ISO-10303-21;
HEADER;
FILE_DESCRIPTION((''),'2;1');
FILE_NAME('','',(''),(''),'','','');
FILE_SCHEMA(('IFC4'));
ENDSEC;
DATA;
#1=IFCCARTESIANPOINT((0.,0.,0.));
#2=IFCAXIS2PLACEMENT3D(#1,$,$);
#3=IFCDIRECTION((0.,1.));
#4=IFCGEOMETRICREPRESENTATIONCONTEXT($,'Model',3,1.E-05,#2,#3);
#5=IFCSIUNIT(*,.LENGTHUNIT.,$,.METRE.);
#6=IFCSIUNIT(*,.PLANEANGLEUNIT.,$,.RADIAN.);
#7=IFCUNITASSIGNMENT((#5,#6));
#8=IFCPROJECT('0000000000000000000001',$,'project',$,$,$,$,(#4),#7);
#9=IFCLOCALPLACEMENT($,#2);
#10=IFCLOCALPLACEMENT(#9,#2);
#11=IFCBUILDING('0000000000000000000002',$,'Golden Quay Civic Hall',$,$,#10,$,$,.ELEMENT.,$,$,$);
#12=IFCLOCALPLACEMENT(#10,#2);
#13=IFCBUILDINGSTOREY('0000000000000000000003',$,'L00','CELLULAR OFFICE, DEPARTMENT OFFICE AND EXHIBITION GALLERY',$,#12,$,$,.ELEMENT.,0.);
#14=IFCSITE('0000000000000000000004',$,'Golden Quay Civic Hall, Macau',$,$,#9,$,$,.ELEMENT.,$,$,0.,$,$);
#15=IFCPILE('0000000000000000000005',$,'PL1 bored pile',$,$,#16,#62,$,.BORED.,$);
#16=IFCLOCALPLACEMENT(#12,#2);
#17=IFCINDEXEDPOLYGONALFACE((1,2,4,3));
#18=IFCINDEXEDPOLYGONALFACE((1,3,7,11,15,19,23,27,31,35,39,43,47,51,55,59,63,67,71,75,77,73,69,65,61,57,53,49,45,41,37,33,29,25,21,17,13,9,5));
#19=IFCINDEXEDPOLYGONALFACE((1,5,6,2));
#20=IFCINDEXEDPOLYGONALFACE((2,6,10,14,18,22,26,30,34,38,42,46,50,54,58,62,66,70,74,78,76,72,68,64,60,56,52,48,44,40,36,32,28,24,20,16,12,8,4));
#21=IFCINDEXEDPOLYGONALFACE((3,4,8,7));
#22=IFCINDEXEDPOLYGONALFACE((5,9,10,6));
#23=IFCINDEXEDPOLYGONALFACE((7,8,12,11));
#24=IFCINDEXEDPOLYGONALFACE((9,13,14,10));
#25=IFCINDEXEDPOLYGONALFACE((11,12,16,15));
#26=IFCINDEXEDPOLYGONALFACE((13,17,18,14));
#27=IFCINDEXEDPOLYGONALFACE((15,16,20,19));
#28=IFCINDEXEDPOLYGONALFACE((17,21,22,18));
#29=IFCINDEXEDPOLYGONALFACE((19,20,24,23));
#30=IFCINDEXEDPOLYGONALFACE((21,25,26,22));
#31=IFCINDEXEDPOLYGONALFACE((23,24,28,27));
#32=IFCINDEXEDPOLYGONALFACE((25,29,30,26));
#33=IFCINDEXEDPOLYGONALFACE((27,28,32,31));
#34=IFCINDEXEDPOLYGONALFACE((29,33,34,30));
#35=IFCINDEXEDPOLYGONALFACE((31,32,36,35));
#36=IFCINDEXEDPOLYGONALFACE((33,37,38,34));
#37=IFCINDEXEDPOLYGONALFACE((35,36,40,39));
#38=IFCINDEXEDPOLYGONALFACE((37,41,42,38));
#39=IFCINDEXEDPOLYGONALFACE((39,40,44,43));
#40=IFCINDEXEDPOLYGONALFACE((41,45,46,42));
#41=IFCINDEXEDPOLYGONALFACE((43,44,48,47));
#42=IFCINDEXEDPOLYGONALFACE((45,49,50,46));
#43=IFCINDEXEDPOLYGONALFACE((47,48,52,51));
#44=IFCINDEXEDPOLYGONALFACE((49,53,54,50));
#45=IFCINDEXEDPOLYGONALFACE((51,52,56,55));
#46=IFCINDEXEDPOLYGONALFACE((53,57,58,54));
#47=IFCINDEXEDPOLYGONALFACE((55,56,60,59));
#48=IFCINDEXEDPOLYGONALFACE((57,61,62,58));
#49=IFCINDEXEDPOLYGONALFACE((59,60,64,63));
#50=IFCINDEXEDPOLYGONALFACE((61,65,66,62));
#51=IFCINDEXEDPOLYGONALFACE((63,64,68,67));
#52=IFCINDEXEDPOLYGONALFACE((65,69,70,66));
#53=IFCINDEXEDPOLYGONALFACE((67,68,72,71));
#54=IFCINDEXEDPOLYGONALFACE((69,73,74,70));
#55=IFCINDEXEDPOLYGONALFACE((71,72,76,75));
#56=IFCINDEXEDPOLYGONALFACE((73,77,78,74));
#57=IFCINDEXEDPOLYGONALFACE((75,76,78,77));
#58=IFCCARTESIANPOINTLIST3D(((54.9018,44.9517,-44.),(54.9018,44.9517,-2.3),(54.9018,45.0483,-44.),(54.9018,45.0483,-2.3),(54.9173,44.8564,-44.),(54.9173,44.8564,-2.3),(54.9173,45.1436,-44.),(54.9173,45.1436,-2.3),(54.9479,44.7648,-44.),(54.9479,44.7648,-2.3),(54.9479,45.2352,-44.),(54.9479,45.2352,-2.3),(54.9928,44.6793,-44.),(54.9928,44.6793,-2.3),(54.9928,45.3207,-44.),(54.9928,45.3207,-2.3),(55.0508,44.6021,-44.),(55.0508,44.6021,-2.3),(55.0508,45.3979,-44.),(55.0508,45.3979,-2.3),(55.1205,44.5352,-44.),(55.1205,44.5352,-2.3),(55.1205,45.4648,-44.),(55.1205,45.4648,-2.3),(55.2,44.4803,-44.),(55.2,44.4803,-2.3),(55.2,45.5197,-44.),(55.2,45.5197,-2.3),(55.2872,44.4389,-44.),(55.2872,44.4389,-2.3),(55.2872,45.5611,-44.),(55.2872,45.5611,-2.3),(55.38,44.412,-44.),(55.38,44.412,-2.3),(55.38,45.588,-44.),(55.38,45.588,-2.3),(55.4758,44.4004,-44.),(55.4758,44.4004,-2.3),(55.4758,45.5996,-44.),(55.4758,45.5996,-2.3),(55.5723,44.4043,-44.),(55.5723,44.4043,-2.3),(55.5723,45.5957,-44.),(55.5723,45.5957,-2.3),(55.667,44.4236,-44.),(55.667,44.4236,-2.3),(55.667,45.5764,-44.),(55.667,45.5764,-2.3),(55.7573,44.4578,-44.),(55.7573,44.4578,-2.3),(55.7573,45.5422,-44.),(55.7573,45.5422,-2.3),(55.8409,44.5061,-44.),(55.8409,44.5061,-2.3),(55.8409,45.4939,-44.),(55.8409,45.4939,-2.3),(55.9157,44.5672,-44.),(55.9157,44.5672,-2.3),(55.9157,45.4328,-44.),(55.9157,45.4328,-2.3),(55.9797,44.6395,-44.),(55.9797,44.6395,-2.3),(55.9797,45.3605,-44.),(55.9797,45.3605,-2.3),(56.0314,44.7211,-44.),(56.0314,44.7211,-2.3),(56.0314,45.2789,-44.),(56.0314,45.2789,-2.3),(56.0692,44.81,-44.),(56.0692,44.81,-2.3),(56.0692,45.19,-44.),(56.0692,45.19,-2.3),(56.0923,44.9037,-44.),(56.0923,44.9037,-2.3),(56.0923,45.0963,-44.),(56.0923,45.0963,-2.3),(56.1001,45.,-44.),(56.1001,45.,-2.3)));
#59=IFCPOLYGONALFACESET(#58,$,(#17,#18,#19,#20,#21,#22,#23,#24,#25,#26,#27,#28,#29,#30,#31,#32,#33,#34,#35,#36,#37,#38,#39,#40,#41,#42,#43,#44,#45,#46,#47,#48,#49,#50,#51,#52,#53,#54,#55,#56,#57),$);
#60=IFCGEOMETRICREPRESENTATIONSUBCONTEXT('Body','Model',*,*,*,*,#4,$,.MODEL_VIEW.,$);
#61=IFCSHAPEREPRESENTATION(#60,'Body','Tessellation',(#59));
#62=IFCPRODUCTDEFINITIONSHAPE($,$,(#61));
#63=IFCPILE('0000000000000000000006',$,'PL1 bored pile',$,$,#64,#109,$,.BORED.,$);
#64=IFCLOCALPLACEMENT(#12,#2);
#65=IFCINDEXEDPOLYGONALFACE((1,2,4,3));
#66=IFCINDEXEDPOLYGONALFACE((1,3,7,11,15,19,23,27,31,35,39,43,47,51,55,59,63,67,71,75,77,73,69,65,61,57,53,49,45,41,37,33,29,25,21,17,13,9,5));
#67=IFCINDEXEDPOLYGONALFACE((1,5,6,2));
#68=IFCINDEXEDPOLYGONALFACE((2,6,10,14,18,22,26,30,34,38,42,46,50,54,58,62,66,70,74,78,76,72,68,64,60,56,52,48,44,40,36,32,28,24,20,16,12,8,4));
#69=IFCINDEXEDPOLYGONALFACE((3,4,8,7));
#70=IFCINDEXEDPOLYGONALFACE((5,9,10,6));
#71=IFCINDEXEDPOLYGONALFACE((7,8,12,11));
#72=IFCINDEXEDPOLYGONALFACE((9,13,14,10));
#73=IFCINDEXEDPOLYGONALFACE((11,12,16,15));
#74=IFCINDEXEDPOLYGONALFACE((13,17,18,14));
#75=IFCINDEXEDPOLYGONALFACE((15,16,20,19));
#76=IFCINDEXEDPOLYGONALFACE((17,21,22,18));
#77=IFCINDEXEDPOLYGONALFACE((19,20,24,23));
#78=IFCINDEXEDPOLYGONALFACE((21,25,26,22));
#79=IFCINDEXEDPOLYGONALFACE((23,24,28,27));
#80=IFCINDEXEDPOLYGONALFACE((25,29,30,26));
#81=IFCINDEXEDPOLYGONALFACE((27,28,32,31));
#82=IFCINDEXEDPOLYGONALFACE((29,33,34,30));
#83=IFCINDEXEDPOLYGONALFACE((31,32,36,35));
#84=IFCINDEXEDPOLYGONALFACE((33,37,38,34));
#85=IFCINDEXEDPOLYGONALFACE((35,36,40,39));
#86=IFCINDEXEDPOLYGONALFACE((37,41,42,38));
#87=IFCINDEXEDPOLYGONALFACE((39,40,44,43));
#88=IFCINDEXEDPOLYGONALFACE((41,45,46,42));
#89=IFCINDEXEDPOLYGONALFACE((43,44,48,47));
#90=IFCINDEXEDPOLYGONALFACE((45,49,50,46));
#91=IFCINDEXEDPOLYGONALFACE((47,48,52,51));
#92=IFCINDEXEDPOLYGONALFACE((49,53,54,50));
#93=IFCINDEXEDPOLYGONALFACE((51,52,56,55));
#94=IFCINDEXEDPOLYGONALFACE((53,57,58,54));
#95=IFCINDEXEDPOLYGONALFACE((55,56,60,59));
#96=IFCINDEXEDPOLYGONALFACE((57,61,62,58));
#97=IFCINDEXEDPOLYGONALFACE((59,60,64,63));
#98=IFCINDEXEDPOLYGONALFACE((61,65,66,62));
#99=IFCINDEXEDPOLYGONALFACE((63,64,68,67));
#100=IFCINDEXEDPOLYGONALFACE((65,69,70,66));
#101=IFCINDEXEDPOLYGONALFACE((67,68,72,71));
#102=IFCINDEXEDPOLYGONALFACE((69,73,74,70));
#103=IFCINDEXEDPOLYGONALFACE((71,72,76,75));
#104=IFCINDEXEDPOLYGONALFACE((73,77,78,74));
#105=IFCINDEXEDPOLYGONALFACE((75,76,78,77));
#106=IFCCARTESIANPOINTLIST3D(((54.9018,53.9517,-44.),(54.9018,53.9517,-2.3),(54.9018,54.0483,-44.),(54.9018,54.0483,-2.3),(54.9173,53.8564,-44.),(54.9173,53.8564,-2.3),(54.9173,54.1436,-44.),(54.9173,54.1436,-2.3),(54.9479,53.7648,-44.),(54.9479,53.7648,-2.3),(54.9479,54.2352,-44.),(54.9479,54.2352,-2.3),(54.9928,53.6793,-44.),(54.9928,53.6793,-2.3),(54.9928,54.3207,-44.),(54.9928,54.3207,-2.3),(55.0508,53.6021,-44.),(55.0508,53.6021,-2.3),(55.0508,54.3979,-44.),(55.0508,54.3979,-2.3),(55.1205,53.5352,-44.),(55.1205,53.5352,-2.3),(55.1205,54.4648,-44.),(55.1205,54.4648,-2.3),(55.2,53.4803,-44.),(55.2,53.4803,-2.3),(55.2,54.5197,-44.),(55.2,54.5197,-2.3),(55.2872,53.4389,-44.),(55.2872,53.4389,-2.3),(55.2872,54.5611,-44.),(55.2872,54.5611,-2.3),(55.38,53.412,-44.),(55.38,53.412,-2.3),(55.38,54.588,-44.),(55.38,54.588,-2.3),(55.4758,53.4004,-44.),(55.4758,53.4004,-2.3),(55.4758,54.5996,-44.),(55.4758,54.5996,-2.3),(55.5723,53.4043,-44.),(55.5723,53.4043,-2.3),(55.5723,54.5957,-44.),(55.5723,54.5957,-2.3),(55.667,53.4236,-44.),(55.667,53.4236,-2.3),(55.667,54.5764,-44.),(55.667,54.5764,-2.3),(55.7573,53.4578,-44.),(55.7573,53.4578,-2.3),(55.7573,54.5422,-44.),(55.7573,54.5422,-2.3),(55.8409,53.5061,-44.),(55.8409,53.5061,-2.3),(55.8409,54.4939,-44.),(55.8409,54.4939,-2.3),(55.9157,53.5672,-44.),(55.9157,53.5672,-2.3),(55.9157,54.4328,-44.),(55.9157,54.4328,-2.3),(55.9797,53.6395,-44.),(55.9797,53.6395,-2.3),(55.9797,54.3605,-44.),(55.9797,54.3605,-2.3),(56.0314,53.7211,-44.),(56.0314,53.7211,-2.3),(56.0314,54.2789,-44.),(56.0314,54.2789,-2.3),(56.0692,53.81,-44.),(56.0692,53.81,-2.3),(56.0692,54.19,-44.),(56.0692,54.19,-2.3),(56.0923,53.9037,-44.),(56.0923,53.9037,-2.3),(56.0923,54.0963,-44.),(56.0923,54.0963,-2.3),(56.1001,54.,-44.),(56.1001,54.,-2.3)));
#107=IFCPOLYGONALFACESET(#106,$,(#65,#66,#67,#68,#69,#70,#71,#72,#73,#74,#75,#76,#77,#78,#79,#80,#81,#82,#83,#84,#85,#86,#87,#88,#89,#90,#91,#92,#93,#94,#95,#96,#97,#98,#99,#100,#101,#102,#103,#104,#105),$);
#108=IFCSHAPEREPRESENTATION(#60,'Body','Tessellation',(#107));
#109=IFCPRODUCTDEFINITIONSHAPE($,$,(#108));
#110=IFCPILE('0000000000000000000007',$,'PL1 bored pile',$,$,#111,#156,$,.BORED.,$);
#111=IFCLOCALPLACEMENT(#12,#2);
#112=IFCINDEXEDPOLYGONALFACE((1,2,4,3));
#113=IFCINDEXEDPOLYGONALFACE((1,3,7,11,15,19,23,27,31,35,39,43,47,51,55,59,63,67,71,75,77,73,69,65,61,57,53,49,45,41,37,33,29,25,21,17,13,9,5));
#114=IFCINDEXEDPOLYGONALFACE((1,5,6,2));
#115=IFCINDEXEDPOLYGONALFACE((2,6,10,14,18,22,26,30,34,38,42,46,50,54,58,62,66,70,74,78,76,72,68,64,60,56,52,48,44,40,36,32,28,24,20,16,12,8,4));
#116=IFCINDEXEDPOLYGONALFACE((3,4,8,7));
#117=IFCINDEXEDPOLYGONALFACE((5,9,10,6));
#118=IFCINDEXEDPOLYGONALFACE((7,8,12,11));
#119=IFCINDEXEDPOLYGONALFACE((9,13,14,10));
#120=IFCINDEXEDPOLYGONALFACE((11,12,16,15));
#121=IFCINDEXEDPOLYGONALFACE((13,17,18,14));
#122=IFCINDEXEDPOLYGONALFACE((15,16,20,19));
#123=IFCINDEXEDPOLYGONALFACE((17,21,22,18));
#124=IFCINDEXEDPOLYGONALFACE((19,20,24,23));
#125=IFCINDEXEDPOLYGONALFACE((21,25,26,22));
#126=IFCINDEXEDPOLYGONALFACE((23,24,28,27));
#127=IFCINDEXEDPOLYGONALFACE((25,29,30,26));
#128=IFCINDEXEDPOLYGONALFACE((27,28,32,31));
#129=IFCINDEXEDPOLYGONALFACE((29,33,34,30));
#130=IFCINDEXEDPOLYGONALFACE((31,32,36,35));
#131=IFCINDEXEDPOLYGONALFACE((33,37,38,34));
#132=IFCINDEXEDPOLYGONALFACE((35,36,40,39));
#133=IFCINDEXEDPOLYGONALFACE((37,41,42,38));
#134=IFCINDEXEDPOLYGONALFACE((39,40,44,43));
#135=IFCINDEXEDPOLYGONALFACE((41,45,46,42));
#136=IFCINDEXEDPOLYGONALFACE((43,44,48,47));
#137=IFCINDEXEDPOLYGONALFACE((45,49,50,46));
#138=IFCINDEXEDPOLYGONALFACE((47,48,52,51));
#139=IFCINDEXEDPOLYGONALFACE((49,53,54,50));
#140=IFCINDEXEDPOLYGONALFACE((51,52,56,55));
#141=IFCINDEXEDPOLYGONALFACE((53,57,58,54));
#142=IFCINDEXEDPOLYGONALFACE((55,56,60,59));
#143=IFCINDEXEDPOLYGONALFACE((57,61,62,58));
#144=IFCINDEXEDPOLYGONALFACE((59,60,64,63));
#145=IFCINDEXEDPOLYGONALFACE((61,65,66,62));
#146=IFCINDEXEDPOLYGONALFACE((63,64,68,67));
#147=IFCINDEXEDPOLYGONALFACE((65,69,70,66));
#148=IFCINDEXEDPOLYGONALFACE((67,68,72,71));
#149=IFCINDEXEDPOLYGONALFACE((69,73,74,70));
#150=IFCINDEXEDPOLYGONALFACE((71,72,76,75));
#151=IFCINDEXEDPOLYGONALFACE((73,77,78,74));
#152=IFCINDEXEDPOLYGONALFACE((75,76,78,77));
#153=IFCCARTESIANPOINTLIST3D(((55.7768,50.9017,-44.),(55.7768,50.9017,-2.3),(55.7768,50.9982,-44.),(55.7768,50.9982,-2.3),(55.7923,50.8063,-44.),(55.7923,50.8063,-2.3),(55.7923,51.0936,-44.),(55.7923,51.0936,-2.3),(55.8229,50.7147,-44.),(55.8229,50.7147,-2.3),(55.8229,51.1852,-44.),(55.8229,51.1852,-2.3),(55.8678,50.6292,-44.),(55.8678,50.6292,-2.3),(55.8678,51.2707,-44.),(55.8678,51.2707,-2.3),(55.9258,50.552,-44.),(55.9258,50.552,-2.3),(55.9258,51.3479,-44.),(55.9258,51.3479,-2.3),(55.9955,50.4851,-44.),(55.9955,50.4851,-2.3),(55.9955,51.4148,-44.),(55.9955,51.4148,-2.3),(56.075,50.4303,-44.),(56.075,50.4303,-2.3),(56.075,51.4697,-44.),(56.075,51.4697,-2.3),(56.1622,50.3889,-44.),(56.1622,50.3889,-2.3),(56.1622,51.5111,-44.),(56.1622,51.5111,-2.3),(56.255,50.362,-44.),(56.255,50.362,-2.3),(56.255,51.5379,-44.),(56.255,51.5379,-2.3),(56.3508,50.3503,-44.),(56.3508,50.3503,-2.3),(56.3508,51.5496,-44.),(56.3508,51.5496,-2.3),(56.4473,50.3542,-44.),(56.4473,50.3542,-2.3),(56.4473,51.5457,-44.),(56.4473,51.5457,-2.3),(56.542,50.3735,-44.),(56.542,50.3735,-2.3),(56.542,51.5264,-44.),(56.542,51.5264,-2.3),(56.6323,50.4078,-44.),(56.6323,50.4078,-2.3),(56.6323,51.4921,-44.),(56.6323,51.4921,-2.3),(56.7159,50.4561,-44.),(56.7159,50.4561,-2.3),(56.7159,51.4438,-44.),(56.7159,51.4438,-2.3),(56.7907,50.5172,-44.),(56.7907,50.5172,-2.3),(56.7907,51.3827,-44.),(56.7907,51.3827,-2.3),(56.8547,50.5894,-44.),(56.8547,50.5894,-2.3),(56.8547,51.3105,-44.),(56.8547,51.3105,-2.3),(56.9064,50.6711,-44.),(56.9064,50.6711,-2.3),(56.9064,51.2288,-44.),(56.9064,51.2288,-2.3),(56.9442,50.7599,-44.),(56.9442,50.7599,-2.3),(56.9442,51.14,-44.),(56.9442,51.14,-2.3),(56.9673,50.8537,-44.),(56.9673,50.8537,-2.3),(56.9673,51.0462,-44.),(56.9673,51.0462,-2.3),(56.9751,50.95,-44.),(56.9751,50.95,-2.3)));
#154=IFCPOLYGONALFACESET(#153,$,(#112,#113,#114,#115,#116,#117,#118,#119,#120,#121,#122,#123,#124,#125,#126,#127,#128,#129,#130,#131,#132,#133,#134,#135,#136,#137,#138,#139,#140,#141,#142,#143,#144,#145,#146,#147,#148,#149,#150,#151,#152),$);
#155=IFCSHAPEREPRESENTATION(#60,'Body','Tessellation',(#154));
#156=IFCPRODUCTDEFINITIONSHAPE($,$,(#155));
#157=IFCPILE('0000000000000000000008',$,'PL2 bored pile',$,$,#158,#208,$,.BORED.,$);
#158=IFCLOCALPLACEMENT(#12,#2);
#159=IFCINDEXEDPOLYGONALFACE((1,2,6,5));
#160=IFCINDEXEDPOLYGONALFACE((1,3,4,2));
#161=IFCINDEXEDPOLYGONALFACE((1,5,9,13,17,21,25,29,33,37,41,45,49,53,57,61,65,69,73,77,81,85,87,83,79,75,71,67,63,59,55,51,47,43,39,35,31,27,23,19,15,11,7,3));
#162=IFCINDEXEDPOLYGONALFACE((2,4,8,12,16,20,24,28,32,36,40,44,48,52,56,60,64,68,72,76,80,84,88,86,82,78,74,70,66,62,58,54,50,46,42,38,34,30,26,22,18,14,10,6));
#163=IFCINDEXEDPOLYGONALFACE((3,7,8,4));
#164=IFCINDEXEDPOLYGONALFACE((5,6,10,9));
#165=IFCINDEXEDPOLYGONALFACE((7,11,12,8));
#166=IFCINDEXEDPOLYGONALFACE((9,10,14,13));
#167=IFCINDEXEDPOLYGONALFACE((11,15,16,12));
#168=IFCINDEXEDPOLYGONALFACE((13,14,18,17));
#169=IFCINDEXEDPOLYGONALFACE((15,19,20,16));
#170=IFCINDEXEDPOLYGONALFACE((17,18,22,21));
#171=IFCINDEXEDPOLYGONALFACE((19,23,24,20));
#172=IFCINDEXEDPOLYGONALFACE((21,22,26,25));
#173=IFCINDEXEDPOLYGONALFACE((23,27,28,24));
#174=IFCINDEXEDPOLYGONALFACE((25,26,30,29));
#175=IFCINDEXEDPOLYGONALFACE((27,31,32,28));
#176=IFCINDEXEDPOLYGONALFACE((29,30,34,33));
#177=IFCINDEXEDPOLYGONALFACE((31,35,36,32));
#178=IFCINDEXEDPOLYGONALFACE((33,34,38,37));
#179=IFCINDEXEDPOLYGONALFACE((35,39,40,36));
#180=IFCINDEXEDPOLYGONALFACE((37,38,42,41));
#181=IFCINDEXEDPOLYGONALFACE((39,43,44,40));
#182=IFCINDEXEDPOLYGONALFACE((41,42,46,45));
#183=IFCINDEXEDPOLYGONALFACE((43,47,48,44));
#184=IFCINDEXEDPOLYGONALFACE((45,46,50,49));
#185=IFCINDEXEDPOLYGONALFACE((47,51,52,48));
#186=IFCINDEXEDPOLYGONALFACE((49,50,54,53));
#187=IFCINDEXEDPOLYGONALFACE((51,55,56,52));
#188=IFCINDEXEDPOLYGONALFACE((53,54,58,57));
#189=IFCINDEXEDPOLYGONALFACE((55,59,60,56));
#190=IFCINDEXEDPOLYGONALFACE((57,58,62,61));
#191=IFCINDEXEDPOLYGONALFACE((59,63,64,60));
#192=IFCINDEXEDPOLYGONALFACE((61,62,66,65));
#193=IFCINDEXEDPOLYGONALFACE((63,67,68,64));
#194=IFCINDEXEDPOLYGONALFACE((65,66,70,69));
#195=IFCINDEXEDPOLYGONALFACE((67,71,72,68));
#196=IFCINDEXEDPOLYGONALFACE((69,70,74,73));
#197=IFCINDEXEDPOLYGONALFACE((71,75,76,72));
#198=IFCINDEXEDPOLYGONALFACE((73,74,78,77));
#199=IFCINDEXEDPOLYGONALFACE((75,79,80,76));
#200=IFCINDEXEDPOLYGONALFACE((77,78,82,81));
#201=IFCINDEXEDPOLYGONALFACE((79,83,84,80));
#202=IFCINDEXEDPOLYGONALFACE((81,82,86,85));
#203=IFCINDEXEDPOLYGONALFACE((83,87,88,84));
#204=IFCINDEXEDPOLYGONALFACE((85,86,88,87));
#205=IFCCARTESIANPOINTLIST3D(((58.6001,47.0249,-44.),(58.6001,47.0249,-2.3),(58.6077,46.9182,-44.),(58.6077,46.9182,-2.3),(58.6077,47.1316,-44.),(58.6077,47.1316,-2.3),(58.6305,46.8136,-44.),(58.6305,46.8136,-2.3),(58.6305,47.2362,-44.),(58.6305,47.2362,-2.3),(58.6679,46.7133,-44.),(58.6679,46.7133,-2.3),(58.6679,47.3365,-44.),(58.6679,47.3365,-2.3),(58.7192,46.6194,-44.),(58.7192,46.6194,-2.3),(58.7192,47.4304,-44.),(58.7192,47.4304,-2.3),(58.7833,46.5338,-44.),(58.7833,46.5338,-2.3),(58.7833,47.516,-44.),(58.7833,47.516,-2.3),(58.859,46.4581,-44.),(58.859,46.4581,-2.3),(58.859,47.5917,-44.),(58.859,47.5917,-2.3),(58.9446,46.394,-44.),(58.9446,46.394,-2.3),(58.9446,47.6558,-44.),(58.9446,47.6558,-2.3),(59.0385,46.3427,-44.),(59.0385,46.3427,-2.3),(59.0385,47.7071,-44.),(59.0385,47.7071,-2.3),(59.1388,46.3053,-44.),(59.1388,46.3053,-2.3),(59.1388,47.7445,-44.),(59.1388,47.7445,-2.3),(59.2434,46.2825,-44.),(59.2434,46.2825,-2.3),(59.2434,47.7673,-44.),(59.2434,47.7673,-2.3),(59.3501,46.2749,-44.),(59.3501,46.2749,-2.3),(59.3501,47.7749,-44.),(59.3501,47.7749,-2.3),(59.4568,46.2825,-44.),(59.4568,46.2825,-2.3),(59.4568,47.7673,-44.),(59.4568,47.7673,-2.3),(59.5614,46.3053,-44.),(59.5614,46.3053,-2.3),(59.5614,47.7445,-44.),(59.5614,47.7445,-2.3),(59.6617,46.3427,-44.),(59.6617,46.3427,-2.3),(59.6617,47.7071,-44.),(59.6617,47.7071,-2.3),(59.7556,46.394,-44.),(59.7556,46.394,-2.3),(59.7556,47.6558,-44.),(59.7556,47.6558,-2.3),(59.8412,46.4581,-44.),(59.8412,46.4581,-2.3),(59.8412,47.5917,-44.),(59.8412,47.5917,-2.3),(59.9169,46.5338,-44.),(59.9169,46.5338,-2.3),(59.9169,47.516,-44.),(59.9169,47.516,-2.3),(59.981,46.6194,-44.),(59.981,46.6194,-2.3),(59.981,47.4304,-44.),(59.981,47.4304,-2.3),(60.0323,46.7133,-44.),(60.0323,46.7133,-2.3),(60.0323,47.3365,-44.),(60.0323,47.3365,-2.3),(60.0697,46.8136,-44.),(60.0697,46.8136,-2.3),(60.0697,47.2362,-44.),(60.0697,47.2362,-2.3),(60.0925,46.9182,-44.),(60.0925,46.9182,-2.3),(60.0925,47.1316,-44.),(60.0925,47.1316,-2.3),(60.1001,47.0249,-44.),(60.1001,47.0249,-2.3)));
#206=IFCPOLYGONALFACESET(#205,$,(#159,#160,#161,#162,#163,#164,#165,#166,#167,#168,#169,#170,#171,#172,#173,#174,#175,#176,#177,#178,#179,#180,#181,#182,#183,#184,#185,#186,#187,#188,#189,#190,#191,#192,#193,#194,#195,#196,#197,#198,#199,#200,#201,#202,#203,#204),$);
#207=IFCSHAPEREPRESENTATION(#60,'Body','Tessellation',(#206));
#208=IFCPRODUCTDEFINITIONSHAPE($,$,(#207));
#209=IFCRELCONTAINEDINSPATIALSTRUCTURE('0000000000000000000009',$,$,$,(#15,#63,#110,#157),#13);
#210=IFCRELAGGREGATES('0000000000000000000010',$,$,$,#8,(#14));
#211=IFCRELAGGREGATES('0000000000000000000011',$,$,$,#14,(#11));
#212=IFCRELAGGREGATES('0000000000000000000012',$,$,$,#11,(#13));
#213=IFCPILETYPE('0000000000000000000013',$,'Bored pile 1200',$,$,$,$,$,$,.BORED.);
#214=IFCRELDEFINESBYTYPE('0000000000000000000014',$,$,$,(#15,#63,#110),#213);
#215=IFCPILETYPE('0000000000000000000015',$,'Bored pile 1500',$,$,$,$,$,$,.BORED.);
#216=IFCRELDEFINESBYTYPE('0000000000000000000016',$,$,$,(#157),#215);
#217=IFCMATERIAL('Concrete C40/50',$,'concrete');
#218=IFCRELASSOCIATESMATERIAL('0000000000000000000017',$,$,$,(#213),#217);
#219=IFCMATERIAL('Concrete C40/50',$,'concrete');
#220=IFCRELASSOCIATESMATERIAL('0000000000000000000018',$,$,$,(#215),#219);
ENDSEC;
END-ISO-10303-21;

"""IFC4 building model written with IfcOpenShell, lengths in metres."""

from ifc_helpers import new_model, si_unit, direction, frame, origin, origin_2d, place, context, subcontext, project, spatial, circle, extrude, material, material_profile, profile_set, type_object, element, save


model = new_model("IFC4")

# Units and contexts
model_context = context("Model", 3, precision=1e-05, world=origin(), true_north=direction((0.0, 1.0)))
body_context = subcontext(model_context, "Body", "Model", "MODEL_VIEW")
ifc_project = project(units=[si_unit("LENGTHUNIT", "METRE"), si_unit("PLANEANGLEUNIT", "RADIAN")], contexts=[model_context])

# Site, building, storey
site_placement = place(None, origin())
site = spatial("IfcSite", under=ifc_project, at=site_placement, Name="Golden Quay Civic Hall, Macau", CompositionType="ELEMENT", RefElevation=0.0)
building_placement = place(site_placement, origin())
building = spatial("IfcBuilding", under=site, at=building_placement, Name="Golden Quay Civic Hall", CompositionType="ELEMENT")
storey_placement = place(building_placement, origin())
storey = spatial("IfcBuildingStorey", under=building, at=storey_placement, Name="L00", Description="CELLULAR OFFICE, DEPARTMENT OFFICE AND EXHIBITION GALLERY", CompositionType="ELEMENT", Elevation=0.0)

# Piles
ifc_material_1 = material(Name="Concrete C40/50", Category="concrete")
ifc_material_profile_1 = material_profile(ifc_material_1, circle(Radius=0.6001, at=origin_2d()), Name="RC D1200")
ifc_profile_set_1 = profile_set([ifc_material_profile_1], Name="Concrete C40/50")
pile_type_1 = type_object("IfcPileType", Name="Bored pile 1200", PredefinedType="BORED", material=ifc_profile_set_1)
for number, where, z_axis, x_axis, name in (
    (1, (55.5, 45.0, -2.3), (0.0, 0.0, -1.0), (1.0, 0.0, 0.0), "PL1 bored pile"),
    (2, (55.5, 54.0, -2.3), (0.0, 0.0, -1.0), (1.0, 0.0, 0.0), "PL1 bored pile"),
    (3, (56.375, 50.95, -2.3), (0.0, 0.0, -1.0), (1.0, 0.0, 0.0), "PL1 bored pile"),
):
    element("IfcPile", number, at=place(storey_placement, frame(where, z_axis=z_axis, x_axis=x_axis)), inside=storey, type_object=pile_type_1, Name=name, PredefinedType="BORED", context=body_context, shape_type="SweptSolid", body=[
        extrude(circle(Radius=0.6001, at=origin_2d()), origin(), (0.0, 0.0, 1.0), 41.7),
    ])
ifc_material_2 = material(Name="Concrete C40/50", Category="concrete")
ifc_material_profile_2 = material_profile(ifc_material_2, circle(Radius=0.75, at=origin_2d()), Name="RC D1500")
ifc_profile_set_2 = profile_set([ifc_material_profile_2], Name="Concrete C40/50")
pile_type_2 = type_object("IfcPileType", Name="Bored pile 1500", PredefinedType="BORED", material=ifc_profile_set_2)
pile_placement = place(storey_placement, frame((59.3501, 47.0249, -2.3), z_axis=(0.0, 0.0, -1.0), x_axis=(1.0, 0.0, 0.0)))
element("IfcPile", 4, at=pile_placement, inside=storey, type_object=pile_type_2, Name="PL2 bored pile", PredefinedType="BORED", context=body_context, shape_type="SweptSolid", body=[
    extrude(circle(Radius=0.75, at=origin_2d()), origin(), (0.0, 0.0, 1.0), 41.7),
])

save(model, "model.ifc")
